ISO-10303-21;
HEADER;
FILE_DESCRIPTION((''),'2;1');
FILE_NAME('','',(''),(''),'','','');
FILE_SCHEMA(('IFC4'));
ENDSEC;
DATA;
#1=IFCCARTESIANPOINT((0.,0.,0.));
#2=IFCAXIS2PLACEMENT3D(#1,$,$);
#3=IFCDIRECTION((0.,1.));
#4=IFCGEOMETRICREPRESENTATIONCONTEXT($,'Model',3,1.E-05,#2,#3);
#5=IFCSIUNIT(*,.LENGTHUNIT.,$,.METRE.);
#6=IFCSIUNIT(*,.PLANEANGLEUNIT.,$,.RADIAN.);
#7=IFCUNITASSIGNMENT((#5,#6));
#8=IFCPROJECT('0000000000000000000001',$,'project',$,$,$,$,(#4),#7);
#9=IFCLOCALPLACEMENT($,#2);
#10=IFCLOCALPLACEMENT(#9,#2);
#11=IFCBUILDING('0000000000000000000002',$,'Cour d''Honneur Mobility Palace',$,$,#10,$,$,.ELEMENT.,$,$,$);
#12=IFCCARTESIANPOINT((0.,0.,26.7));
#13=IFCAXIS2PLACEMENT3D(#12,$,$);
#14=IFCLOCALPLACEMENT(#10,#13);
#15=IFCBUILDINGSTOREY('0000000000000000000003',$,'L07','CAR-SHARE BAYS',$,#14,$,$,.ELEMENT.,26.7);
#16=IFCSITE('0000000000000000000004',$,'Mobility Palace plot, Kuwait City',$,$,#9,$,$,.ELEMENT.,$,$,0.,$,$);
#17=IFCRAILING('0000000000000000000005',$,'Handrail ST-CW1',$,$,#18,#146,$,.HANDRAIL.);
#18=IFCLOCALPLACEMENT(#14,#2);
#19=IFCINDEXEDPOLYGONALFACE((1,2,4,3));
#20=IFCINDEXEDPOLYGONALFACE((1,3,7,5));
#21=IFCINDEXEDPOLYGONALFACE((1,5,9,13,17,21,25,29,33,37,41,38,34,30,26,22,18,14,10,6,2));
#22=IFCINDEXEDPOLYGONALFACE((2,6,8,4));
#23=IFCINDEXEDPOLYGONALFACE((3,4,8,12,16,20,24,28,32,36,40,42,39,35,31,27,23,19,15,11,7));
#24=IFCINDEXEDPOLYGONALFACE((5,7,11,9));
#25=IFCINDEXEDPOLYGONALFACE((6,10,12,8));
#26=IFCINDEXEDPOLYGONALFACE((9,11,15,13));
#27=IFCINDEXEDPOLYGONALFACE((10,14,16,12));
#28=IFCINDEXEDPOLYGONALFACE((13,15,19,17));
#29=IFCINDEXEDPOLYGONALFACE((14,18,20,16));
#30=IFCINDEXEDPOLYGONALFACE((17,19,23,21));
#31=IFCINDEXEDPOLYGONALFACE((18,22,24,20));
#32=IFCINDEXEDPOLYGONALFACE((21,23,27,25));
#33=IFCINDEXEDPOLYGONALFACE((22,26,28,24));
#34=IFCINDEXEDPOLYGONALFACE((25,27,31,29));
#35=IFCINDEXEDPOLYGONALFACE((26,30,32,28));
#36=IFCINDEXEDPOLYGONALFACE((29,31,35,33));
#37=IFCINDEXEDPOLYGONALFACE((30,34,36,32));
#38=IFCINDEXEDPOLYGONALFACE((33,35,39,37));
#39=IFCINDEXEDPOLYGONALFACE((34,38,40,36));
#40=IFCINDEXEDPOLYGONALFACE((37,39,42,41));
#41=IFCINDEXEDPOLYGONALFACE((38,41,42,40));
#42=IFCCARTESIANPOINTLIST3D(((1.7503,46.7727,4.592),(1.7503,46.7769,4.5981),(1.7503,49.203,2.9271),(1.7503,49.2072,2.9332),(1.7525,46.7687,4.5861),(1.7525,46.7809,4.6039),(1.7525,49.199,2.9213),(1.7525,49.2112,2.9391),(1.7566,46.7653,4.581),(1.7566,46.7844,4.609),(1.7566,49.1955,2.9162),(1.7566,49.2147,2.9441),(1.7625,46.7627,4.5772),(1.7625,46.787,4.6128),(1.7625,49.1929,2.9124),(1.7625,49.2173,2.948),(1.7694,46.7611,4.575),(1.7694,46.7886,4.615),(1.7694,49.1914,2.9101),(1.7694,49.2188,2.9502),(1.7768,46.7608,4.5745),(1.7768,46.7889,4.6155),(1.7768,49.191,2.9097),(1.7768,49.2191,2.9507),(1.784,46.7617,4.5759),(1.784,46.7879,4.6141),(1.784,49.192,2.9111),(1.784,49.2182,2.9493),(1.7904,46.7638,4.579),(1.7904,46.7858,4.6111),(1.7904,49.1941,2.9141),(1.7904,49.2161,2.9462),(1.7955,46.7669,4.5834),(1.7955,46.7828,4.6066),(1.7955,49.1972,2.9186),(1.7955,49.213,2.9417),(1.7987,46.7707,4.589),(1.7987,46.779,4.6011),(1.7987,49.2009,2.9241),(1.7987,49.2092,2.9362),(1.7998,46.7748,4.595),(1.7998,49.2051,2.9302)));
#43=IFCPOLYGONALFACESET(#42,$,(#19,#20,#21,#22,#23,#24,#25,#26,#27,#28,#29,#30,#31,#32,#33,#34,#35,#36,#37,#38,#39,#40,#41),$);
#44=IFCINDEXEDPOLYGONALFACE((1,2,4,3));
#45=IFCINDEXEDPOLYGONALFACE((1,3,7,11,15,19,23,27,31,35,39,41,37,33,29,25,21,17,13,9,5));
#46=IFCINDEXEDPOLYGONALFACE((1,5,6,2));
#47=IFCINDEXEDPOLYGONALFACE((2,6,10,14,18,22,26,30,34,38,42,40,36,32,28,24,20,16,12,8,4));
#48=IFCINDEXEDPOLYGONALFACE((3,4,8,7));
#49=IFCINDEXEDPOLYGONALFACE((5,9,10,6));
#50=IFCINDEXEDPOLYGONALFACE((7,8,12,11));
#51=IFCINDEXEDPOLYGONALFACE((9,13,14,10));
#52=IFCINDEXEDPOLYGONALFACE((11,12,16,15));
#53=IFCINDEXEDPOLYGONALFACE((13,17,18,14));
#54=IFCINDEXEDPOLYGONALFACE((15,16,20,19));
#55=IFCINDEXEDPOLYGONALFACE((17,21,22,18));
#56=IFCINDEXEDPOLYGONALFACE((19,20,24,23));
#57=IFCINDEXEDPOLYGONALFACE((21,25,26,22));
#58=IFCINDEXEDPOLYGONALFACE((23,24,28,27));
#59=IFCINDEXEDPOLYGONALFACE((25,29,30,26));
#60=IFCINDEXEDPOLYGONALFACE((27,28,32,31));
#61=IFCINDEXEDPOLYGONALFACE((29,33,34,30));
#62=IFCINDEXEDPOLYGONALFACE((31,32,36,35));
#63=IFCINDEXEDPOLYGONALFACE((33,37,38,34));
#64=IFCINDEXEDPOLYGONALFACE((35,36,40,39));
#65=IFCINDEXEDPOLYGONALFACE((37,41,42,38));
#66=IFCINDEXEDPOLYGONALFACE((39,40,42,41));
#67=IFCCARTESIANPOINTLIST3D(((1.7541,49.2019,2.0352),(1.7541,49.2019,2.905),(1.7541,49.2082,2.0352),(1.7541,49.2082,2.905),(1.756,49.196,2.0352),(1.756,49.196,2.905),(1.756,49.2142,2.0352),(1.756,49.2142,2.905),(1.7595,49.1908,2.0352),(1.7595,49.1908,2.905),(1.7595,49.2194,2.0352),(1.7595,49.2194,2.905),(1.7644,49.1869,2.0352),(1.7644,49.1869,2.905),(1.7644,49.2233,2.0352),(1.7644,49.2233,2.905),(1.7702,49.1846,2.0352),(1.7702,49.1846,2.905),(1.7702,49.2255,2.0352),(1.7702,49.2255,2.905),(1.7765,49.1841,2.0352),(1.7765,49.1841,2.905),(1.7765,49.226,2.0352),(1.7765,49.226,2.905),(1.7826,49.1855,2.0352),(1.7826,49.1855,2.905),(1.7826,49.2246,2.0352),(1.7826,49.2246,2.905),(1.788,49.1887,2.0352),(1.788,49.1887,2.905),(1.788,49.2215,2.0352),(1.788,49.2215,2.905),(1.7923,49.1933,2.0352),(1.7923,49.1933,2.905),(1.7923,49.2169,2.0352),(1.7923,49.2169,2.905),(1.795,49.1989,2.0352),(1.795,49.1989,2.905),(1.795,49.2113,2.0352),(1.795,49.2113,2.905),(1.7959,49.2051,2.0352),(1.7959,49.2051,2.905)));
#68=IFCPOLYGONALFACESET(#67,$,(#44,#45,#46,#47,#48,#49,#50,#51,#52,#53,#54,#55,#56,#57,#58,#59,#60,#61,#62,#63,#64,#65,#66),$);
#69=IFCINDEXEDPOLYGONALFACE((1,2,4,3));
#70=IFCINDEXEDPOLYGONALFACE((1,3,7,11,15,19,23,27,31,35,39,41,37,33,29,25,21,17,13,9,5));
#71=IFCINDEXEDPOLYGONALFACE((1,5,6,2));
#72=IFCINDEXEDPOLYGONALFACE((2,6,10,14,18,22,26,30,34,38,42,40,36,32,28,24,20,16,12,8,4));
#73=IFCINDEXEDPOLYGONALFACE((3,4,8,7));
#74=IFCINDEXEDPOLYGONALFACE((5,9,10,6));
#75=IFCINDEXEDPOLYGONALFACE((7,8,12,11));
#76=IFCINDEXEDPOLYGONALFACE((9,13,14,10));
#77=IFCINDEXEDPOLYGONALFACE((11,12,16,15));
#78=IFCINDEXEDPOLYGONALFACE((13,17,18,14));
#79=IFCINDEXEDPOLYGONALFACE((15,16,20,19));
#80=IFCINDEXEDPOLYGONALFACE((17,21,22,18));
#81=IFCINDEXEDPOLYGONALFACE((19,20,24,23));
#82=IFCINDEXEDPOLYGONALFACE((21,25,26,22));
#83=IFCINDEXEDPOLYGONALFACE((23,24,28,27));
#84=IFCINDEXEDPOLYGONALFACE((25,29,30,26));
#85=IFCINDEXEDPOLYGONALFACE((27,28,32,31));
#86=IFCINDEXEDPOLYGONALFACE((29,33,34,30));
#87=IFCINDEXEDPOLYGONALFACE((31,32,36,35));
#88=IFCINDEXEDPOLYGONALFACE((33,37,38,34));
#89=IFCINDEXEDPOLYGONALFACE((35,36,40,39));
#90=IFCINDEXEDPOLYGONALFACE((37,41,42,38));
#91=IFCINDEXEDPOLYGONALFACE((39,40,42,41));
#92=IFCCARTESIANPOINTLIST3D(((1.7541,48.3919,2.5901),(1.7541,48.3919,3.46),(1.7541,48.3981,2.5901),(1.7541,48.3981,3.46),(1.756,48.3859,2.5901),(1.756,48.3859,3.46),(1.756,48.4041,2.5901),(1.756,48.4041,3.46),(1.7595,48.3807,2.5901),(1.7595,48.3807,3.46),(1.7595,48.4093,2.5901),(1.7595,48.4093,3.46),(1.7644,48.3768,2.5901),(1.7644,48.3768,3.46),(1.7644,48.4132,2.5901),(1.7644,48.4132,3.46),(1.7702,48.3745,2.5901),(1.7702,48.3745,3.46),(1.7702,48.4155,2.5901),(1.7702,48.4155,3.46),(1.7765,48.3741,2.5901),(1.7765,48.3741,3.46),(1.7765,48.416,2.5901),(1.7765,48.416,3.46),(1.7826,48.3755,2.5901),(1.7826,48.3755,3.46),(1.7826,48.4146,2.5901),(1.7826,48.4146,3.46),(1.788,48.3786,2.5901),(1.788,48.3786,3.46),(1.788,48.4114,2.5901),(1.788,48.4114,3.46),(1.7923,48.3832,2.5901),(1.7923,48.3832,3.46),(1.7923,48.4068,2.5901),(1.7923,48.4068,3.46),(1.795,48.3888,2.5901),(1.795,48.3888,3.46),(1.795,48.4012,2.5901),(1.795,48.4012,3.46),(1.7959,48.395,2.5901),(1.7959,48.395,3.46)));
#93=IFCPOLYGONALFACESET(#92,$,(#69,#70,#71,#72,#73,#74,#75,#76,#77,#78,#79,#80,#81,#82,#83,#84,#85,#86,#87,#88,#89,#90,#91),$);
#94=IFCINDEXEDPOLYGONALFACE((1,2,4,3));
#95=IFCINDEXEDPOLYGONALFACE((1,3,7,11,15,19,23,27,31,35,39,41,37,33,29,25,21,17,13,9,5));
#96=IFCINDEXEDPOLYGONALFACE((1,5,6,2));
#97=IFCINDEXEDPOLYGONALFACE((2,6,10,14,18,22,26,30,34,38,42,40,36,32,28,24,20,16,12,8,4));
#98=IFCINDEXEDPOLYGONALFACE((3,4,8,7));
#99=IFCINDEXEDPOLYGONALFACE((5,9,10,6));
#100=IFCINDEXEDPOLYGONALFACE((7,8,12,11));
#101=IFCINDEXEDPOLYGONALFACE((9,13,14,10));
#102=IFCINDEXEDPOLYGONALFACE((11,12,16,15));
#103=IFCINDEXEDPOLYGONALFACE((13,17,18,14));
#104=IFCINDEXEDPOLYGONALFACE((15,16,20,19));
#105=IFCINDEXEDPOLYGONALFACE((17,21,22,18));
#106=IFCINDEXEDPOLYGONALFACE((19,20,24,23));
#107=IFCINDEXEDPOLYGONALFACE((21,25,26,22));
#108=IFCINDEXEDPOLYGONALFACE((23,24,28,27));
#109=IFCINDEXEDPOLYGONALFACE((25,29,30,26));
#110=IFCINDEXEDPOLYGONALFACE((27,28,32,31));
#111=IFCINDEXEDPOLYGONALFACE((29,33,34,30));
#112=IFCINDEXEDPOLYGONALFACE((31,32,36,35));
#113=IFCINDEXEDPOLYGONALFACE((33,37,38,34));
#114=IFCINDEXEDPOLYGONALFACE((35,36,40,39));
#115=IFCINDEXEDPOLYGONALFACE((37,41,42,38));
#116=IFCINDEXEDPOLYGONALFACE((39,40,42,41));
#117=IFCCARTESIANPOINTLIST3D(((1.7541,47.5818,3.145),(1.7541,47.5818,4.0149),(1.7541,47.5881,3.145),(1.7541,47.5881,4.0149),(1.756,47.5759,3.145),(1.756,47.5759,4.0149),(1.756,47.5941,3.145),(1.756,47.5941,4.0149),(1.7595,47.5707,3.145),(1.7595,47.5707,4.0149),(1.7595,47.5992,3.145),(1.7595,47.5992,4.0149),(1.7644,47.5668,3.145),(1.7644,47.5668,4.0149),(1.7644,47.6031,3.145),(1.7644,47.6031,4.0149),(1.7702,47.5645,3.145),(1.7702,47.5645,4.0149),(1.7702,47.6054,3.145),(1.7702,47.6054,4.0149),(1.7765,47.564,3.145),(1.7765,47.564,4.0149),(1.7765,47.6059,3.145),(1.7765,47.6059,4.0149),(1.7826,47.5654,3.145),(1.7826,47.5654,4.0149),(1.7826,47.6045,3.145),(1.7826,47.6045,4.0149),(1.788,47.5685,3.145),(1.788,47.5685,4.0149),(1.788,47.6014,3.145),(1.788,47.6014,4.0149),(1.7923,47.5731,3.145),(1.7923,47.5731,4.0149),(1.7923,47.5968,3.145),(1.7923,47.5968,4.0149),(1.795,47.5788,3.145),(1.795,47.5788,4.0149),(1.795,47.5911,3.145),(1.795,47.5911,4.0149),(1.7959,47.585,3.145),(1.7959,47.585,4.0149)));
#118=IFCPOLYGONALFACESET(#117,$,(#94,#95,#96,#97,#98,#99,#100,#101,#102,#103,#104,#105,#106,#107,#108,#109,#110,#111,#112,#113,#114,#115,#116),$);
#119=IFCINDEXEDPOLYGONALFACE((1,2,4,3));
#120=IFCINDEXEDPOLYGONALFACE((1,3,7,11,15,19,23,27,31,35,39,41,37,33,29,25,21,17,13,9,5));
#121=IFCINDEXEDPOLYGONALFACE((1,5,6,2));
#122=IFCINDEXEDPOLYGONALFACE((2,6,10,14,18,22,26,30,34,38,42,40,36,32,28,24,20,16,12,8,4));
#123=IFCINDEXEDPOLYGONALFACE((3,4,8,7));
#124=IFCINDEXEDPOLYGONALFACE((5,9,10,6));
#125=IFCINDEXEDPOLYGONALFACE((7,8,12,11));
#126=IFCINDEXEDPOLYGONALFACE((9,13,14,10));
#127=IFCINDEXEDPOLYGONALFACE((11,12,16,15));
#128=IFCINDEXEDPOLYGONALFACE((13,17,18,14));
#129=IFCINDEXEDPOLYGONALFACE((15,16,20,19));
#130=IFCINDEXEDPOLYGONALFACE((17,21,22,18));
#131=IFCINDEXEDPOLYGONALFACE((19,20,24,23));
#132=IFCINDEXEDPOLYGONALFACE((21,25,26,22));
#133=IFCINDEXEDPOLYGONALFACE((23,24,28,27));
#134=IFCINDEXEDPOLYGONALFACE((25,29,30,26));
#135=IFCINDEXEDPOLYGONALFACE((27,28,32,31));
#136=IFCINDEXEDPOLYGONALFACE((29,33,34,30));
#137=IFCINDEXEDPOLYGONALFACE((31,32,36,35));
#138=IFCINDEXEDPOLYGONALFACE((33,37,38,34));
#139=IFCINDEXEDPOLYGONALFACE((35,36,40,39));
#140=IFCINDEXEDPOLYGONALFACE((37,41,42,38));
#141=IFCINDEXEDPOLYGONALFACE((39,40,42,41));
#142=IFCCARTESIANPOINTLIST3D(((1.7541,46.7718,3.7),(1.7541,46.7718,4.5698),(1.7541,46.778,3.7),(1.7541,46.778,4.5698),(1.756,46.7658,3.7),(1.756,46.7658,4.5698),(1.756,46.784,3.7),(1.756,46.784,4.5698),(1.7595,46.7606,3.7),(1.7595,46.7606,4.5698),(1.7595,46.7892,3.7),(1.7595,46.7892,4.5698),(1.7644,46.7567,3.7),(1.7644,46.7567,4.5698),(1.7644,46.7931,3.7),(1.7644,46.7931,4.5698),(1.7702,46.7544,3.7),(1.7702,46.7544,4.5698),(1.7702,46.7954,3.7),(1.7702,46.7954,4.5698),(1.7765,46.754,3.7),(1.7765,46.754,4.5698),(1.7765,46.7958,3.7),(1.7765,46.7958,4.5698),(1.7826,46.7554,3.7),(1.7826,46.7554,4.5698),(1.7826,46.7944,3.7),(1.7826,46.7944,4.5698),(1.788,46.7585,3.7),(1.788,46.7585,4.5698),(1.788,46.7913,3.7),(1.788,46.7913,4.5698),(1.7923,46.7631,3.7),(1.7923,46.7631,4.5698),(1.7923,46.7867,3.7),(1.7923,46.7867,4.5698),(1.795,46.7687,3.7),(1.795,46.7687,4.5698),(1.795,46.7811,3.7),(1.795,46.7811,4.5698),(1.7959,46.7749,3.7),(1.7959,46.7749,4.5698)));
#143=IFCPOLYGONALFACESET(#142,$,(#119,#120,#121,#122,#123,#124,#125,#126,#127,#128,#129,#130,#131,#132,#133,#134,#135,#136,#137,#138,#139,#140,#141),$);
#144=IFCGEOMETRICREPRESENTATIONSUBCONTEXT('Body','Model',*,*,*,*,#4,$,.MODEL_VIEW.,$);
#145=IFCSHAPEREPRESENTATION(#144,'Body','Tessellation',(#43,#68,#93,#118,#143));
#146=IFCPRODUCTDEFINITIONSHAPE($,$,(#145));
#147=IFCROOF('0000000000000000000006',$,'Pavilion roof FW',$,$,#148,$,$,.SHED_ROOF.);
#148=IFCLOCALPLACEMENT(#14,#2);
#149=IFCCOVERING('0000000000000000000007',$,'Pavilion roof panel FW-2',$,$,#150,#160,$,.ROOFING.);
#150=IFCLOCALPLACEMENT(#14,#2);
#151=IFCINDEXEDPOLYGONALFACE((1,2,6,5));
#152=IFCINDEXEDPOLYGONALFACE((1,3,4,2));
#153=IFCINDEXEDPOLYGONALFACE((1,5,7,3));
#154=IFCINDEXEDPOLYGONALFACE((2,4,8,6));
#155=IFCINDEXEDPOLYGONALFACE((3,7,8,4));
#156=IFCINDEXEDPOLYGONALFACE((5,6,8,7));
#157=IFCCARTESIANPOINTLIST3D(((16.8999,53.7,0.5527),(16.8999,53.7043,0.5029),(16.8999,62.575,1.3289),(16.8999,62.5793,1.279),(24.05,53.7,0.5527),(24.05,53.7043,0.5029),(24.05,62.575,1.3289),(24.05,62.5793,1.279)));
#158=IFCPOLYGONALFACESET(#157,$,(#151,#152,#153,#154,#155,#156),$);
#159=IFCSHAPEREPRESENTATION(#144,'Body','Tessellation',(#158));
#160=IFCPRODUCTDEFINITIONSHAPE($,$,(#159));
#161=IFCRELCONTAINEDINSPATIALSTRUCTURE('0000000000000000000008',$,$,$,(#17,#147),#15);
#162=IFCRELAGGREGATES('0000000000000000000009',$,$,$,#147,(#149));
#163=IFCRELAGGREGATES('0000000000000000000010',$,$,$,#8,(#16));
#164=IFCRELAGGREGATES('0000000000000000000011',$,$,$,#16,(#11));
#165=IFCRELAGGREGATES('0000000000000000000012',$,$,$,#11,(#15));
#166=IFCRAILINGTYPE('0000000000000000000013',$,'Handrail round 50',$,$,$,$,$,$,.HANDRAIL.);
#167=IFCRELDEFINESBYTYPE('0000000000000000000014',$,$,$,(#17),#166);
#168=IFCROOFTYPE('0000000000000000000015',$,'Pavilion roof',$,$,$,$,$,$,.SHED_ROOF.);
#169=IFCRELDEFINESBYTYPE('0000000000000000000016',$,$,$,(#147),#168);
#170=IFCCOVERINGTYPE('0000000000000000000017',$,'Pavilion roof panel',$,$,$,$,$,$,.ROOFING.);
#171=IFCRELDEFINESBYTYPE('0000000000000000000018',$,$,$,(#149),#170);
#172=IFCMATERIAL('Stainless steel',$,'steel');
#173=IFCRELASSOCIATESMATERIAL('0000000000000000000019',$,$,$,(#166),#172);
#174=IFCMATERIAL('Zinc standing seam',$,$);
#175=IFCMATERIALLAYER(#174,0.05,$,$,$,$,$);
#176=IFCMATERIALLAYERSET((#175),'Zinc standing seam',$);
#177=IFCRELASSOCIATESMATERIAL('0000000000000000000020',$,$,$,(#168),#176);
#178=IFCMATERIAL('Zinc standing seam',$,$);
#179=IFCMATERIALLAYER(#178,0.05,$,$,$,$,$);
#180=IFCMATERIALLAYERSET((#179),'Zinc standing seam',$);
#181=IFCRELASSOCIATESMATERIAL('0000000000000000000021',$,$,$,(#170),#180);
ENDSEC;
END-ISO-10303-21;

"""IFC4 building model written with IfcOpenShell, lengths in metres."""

from ifc_helpers import new_model, si_unit, direction, frame, origin, origin_2d, place, context, subcontext, project, spatial, polyline, circle, outline, extrude, material, layer, layer_set, type_object, element, aggregate, save


model = new_model("IFC4")

# Units and contexts
model_context = context("Model", 3, precision=1e-05, world=origin(), true_north=direction((0.0, 1.0)))
body_context = subcontext(model_context, "Body", "Model", "MODEL_VIEW")
ifc_project = project(units=[si_unit("LENGTHUNIT", "METRE"), si_unit("PLANEANGLEUNIT", "RADIAN")], contexts=[model_context])

# Site, building, storey
site_placement = place(None, origin())
site = spatial("IfcSite", under=ifc_project, at=site_placement, Name="Mobility Palace plot, Kuwait City", CompositionType="ELEMENT", RefElevation=0.0)
building_placement = place(site_placement, origin())
building = spatial("IfcBuilding", under=site, at=building_placement, Name="Cour d'Honneur Mobility Palace", CompositionType="ELEMENT")
storey_placement = place(building_placement, frame((0.0, 0.0, 26.7)))
storey = spatial("IfcBuildingStorey", under=building, at=storey_placement, Name="L07", Description="CAR-SHARE BAYS", CompositionType="ELEMENT", Elevation=26.7)

# Railing
ifc_material_1 = material(Name="Stainless steel", Category="steel")
railing_type_1 = type_object("IfcRailingType", Name="Handrail round 50", PredefinedType="HANDRAIL", material=ifc_material_1)
railing_1_placement = place(storey_placement, frame((1.7749, 49.2051, 2.0352)))
element("IfcRailing", 1, at=railing_1_placement, inside=storey, type_object=railing_type_1, Name="Handrail ST-CW1", PredefinedType="HANDRAIL", context=body_context, shape_type="SweptSolid", body=[
    extrude(circle(Radius=0.0249, at=origin_2d()), frame((0.0, 0.0, 0.895), z_axis=(0.0, -0.824984, 0.565156), x_axis=(1.0, 0.0, 0.0)), (0.0, 0.0, 1.0), 2.9458),
    extrude(circle(Radius=0.021, at=origin_2d()), origin(), (0.0, 0.0, 1.0), 0.8699),
    extrude(circle(Radius=0.021, at=origin_2d()), frame((0.0, -0.8101, 0.5549)), (0.0, 0.0, 1.0), 0.8699),
    extrude(circle(Radius=0.021, at=origin_2d()), frame((0.0, -1.6201, 1.1099)), (0.0, 0.0, 1.0), 0.8699),
    extrude(circle(Radius=0.021, at=origin_2d()), frame((0.0, -2.4302, 1.6648)), (0.0, 0.0, 1.0), 0.8699),
])

# Roof, covering
ifc_material_2 = material(Name="Zinc standing seam")
ifc_layer_1 = layer(ifc_material_2, 0.05)
ifc_layer_set_1 = layer_set([ifc_layer_1], Name="Zinc standing seam")
roof_type = type_object("IfcRoofType", Name="Pavilion roof", PredefinedType="SHED_ROOF", material=ifc_layer_set_1)
roof_placement = place(storey_placement, origin())
roof = element("IfcRoof", 2, at=roof_placement, inside=storey, type_object=roof_type, Name="Pavilion roof FW", PredefinedType="SHED_ROOF")
ifc_material_3 = material(Name="Zinc standing seam")
ifc_layer_2 = layer(ifc_material_3, 0.05)
ifc_layer_set_2 = layer_set([ifc_layer_2], Name="Zinc standing seam")
covering_type = type_object("IfcCoveringType", Name="Pavilion roof panel", PredefinedType="ROOFING", material=ifc_layer_set_2)
covering_placement = place(storey_placement, frame((16.8999, 53.7, 0.5527), z_axis=(0.0, -0.087118, 0.996198), x_axis=(1.0, 0.0, 0.0)))
covering = element("IfcCovering", 3, at=covering_placement, type_object=covering_type, Name="Pavilion roof panel FW-2", PredefinedType="ROOFING", context=body_context, shape_type="SweptSolid", body=[
    extrude(outline(polyline([(0.0, 0.0), (7.1501, 0.0), (7.1501, 8.9089), (0.0, 8.9089), (0.0, 0.0)])), origin(), (0.0, 0.0, -1.0), 0.05),
])
aggregate(roof, [covering])

save(model, "model.ifc")
